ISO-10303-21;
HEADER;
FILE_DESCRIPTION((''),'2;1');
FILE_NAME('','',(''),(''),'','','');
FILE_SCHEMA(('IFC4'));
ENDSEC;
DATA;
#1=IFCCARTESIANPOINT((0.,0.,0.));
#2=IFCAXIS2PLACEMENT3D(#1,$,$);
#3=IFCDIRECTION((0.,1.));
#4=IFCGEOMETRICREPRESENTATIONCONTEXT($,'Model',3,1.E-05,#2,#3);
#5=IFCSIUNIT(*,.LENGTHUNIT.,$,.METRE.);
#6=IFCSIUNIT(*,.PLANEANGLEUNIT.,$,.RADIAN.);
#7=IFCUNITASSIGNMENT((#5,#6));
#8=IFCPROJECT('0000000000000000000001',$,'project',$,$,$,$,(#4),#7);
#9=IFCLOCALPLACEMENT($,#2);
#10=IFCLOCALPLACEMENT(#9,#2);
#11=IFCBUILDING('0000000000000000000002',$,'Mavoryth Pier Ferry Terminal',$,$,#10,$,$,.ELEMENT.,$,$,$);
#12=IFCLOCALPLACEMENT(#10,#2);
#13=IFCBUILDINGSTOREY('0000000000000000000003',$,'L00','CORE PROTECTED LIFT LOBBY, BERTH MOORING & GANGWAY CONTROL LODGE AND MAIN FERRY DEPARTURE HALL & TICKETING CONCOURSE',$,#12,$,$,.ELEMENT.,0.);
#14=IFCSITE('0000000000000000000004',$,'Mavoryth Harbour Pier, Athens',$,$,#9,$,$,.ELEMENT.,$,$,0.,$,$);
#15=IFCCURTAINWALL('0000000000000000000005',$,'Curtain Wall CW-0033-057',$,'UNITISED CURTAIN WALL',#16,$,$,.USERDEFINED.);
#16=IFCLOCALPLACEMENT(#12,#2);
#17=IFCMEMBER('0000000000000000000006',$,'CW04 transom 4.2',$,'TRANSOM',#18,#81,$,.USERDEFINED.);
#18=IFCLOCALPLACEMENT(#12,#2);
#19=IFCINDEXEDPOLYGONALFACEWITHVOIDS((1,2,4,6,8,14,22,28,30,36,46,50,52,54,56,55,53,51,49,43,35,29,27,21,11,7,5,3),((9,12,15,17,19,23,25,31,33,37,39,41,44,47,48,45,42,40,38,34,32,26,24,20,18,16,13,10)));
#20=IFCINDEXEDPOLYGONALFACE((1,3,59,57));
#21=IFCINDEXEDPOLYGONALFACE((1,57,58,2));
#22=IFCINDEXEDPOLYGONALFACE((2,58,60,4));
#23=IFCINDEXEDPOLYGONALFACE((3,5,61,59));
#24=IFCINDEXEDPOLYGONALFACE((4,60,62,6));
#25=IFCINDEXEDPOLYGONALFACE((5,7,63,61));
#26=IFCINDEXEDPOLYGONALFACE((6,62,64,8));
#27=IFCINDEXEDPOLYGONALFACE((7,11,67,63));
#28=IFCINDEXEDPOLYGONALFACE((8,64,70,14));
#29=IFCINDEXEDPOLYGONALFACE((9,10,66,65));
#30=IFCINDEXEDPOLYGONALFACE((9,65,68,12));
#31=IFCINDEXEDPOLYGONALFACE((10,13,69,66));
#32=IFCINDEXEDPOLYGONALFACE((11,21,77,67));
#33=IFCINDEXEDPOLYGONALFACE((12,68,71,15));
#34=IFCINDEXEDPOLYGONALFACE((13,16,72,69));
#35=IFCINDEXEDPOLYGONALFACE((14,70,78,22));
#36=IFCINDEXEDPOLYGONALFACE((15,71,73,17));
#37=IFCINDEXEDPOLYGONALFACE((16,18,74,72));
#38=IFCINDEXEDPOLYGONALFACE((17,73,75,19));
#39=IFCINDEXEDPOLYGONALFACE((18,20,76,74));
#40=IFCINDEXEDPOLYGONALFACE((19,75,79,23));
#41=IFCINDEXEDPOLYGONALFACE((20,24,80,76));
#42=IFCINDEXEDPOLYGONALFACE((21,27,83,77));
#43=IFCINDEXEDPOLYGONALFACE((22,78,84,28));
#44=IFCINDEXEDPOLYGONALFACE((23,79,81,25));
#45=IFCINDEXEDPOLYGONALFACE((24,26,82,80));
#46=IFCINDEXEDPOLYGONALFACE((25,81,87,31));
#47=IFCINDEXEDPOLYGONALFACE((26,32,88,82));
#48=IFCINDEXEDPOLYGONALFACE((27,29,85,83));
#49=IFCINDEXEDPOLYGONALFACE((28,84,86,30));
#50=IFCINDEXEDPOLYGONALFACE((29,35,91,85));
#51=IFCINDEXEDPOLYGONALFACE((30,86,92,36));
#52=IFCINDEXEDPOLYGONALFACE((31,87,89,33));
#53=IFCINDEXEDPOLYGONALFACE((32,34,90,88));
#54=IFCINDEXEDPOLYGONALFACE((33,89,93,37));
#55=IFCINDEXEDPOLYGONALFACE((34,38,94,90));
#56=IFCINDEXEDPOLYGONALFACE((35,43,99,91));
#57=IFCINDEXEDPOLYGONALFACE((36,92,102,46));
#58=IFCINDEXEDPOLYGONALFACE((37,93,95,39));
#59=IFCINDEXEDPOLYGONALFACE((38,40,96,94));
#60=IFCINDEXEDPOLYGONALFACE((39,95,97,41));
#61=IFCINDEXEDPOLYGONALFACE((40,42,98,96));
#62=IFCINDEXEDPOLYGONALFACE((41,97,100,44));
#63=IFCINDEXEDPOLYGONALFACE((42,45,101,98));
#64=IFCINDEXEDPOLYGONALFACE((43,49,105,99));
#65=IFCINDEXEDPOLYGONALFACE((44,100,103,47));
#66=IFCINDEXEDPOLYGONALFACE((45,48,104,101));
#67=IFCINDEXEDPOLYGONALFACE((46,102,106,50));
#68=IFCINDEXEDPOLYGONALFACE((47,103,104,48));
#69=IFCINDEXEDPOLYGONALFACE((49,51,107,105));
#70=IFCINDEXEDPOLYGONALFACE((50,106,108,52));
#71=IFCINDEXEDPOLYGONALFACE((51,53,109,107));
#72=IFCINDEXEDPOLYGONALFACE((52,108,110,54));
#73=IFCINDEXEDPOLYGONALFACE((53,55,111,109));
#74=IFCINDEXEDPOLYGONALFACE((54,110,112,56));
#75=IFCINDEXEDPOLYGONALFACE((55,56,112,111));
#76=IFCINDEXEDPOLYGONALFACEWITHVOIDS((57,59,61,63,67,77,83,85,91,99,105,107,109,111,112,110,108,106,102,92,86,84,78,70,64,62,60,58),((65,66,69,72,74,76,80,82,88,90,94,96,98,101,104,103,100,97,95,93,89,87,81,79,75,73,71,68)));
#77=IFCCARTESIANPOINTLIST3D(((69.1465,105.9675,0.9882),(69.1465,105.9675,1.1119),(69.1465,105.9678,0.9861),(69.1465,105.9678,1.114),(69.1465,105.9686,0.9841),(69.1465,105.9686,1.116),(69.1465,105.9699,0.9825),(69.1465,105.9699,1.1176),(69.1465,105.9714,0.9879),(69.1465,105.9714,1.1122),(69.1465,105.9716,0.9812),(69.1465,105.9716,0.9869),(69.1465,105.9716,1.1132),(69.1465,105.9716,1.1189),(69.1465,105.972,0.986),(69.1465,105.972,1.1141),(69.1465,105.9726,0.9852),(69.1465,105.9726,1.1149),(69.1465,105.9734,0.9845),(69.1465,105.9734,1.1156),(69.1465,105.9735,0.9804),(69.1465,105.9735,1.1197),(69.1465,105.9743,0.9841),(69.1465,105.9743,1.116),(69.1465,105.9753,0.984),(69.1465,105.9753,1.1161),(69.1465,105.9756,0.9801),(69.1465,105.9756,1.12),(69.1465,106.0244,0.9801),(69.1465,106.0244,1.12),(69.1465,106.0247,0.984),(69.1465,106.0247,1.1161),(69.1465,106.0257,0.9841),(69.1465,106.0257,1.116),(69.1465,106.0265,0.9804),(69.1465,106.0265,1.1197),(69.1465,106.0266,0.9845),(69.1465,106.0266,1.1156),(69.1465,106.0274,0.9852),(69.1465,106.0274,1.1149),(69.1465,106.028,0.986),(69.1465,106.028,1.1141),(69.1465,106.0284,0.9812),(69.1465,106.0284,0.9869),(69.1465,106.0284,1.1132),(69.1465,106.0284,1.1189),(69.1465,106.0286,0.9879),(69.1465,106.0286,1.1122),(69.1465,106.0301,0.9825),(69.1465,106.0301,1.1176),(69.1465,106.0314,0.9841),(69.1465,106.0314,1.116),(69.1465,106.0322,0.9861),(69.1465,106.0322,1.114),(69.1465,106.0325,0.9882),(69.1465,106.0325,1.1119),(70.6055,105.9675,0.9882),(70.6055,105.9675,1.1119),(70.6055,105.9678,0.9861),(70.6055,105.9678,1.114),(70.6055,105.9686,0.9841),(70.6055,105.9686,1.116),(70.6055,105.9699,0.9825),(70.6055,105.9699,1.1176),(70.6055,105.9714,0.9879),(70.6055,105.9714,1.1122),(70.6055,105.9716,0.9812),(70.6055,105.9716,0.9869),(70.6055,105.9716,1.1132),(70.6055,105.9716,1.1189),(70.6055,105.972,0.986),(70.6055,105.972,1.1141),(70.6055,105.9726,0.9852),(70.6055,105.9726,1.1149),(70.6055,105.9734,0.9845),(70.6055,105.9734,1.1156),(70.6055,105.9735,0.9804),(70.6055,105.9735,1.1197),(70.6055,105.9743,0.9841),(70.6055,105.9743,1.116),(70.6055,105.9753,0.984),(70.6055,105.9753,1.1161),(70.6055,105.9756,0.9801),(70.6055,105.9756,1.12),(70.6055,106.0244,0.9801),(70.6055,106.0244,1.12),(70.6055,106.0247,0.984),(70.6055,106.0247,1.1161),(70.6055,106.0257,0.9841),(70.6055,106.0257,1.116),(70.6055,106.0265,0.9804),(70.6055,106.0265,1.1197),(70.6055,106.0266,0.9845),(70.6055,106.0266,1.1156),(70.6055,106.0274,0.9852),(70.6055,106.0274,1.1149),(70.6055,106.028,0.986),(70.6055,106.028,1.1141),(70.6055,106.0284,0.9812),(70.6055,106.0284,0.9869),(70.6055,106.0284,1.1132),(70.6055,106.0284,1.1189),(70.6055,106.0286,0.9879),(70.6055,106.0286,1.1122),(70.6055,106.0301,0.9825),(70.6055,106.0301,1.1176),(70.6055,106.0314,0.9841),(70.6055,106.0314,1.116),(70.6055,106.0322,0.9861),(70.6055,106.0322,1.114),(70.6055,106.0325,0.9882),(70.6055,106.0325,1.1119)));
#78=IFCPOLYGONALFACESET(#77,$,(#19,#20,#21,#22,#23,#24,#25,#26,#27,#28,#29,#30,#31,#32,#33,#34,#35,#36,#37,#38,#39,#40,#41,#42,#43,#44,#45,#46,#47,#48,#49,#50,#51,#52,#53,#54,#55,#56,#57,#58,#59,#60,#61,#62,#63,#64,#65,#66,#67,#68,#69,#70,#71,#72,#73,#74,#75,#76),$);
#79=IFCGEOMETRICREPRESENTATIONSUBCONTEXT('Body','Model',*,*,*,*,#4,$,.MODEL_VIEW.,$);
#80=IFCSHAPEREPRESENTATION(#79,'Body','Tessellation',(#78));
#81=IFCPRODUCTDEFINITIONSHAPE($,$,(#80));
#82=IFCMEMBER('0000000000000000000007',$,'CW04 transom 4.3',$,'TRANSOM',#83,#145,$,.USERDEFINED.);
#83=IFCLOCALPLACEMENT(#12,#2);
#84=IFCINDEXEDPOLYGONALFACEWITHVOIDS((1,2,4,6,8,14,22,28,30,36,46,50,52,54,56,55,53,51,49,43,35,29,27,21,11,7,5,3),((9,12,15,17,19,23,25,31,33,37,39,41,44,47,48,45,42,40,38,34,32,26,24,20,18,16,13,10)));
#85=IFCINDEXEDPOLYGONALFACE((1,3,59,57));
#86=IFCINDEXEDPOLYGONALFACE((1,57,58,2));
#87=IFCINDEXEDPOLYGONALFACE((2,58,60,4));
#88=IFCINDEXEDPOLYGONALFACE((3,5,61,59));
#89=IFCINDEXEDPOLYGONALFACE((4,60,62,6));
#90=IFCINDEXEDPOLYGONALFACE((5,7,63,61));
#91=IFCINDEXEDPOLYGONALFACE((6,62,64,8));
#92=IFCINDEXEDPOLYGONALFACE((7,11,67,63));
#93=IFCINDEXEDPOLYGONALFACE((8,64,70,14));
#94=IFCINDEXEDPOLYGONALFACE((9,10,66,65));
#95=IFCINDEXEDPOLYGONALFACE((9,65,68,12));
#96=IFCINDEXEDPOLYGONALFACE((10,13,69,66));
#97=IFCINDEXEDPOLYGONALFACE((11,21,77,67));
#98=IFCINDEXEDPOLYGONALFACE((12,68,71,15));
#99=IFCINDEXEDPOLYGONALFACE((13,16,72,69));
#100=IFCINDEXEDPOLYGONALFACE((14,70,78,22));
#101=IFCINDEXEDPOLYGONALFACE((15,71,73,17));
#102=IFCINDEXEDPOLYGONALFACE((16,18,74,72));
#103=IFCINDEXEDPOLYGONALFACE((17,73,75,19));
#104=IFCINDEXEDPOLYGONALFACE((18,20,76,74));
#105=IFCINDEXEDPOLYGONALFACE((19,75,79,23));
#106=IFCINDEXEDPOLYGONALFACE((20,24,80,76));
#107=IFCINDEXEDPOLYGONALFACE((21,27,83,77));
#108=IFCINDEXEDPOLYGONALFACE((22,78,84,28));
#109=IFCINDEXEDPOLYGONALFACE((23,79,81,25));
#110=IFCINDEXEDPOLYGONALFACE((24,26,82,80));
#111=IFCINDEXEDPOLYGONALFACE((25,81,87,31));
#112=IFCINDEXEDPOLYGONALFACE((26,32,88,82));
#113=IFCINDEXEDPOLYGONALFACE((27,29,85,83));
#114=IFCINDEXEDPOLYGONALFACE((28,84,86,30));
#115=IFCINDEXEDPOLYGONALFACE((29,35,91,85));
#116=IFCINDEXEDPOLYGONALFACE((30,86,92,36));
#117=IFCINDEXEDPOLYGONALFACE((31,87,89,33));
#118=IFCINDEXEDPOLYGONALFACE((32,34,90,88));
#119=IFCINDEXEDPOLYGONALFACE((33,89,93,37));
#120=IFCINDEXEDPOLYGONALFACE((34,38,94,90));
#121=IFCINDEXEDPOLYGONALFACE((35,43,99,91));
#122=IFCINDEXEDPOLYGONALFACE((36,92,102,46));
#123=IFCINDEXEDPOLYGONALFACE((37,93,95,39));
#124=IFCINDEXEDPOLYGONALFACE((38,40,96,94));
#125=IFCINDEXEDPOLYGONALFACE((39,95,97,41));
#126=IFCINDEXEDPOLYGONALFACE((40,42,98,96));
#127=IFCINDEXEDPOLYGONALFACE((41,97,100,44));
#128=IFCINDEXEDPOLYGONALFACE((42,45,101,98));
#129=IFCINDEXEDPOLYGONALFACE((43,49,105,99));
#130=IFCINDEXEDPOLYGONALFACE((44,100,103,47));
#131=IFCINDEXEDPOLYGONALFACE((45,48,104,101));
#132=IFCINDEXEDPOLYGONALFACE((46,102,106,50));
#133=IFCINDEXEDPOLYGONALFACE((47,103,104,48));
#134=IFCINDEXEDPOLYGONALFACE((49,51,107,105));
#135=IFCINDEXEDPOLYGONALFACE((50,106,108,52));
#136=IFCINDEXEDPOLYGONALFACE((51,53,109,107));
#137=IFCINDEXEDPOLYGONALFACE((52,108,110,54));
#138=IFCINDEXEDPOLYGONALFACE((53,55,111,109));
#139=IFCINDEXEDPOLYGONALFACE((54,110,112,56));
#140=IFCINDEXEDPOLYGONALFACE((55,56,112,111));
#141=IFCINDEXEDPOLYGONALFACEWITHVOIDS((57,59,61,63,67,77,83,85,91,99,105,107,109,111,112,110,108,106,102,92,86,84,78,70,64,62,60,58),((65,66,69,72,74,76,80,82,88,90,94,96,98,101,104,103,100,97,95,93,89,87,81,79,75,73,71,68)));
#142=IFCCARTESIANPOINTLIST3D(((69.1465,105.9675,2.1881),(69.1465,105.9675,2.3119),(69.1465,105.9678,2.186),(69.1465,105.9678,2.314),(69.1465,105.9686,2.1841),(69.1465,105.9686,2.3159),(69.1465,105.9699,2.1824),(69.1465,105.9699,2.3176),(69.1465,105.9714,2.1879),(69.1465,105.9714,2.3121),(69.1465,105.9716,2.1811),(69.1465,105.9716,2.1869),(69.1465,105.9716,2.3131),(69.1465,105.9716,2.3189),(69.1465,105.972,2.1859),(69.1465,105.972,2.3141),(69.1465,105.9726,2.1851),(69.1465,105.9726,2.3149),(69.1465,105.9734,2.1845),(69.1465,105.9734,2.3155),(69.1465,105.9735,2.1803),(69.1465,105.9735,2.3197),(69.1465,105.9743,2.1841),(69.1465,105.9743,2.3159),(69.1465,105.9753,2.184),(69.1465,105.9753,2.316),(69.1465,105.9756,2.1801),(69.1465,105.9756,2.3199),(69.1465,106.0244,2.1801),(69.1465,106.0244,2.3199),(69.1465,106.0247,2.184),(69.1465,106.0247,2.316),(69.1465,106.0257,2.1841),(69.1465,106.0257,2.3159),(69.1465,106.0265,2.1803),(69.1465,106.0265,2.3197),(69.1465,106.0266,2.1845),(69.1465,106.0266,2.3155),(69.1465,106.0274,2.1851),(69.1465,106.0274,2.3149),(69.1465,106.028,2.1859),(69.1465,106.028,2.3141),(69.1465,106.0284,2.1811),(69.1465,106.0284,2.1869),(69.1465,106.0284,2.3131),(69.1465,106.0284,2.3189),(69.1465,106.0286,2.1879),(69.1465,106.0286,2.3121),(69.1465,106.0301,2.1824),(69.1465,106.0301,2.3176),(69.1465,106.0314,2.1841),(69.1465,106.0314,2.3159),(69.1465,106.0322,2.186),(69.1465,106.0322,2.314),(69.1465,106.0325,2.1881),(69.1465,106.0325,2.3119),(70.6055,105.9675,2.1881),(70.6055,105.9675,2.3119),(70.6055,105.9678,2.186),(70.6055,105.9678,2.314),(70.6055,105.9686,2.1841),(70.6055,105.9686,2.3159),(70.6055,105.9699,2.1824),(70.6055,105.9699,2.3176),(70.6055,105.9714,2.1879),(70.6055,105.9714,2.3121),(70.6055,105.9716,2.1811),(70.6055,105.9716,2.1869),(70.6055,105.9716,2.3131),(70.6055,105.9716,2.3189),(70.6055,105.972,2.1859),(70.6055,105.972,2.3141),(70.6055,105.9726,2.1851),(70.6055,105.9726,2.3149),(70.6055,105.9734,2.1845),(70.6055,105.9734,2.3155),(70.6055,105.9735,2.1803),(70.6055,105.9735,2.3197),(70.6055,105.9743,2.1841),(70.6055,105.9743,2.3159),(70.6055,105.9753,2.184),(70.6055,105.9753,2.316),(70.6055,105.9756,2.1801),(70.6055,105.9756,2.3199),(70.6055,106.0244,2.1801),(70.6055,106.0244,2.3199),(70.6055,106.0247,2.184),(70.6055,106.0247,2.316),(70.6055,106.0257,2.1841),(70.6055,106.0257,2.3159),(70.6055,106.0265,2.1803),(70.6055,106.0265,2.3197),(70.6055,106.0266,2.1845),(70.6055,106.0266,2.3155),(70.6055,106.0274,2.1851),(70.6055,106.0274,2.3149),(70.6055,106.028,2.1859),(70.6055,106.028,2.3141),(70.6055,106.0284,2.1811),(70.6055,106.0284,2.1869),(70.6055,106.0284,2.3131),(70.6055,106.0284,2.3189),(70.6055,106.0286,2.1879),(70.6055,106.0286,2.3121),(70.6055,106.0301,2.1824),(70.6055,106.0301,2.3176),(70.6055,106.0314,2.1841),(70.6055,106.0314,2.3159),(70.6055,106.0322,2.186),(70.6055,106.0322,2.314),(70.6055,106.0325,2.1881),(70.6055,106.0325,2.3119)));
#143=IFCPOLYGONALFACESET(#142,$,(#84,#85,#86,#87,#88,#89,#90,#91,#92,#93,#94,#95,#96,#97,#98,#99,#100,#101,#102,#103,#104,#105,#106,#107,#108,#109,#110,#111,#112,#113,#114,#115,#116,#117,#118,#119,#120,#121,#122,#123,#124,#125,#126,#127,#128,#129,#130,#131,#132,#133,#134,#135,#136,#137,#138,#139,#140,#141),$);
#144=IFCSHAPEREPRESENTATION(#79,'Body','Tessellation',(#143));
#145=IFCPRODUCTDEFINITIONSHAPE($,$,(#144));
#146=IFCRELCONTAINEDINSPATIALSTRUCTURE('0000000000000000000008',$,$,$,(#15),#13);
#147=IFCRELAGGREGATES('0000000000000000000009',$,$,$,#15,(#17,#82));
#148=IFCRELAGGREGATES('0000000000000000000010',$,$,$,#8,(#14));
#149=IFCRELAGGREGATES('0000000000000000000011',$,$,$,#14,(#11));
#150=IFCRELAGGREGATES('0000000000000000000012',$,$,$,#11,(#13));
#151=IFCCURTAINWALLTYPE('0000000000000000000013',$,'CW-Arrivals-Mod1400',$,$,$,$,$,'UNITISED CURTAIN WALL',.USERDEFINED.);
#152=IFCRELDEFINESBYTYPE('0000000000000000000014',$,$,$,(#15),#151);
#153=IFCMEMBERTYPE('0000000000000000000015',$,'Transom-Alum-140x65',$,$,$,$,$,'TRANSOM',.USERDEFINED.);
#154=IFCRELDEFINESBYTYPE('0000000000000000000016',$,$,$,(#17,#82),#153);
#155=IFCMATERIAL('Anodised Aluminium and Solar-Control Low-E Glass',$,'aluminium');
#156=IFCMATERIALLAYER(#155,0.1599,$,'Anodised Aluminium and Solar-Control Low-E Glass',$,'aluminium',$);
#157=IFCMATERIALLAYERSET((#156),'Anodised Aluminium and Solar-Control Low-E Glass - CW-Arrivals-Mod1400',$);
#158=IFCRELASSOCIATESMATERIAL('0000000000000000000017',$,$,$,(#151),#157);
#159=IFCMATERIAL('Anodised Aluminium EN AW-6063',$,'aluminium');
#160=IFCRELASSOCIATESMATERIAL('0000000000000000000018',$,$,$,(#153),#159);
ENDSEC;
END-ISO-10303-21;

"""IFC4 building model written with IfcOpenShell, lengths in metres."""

from ifc_helpers import new_model, si_unit, direction, frame, origin, origin_2d, place, context, subcontext, project, spatial, hollow_rectangle, extrude, material, layer, layer_set, material_profile, profile_set, type_object, element, aggregate, save


model = new_model("IFC4")

# Units and contexts
model_context = context("Model", 3, precision=1e-05, world=origin(), true_north=direction((0.0, 1.0)))
body_context = subcontext(model_context, "Body", "Model", "MODEL_VIEW")
ifc_project = project(units=[si_unit("LENGTHUNIT", "METRE"), si_unit("PLANEANGLEUNIT", "RADIAN")], contexts=[model_context])

# Site, building, storey
site_placement = place(None, origin())
site = spatial("IfcSite", under=ifc_project, at=site_placement, Name="Mavoryth Harbour Pier, Athens", CompositionType="ELEMENT", RefElevation=0.0)
building_placement = place(site_placement, origin())
building = spatial("IfcBuilding", under=site, at=building_placement, Name="Mavoryth Pier Ferry Terminal", CompositionType="ELEMENT")
storey_placement = place(building_placement, origin())
storey = spatial("IfcBuildingStorey", under=building, at=storey_placement, Name="L00", Description="CORE PROTECTED LIFT LOBBY, BERTH MOORING & GANGWAY CONTROL LODGE AND MAIN FERRY DEPARTURE HALL & TICKETING CONCOURSE", CompositionType="ELEMENT", Elevation=0.0)

# Curtain wall, members
ifc_material_1 = material(Name="Anodised Aluminium and Solar-Control Low-E Glass", Category="aluminium")
ifc_layer_1 = layer(ifc_material_1, 0.1599, Name="Anodised Aluminium and Solar-Control Low-E Glass", Category="aluminium")
ifc_layer_set_1 = layer_set([ifc_layer_1], Name="Anodised Aluminium and Solar-Control Low-E Glass - CW-Arrivals-Mod1400")
curtain_wall_type = type_object("IfcCurtainWallType", Name="CW-Arrivals-Mod1400", ElementType="UNITISED CURTAIN WALL", PredefinedType="USERDEFINED", material=ifc_layer_set_1)
curtain_wall_placement = place(storey_placement, origin())
curtain_wall = element("IfcCurtainWall", 1, at=curtain_wall_placement, inside=storey, type_object=curtain_wall_type, Name="Curtain Wall CW-0033-057", ObjectType="UNITISED CURTAIN WALL", PredefinedType="USERDEFINED")
ifc_material_2 = material(Name="Anodised Aluminium EN AW-6063", Category="aluminium")
ifc_material_profile_1 = material_profile(ifc_material_2, hollow_rectangle(XDim=0.0649, YDim=0.1399, WallThickness=0.0039, InnerFilletRadius=0.0039, OuterFilletRadius=0.0081, at=origin_2d()), Name="AL-TRAN 140x65x4", Category="aluminium")
ifc_profile_set_1 = profile_set([ifc_material_profile_1], Name="Anodised Aluminium EN AW-6063 - AL-TRAN 140x65x4")
member_type_1 = type_object("IfcMemberType", Name="Transom-Alum-140x65", ElementType="TRANSOM", PredefinedType="USERDEFINED", material=ifc_profile_set_1)
member_1_placement = place(storey_placement, frame((70.6055, 106.0, 1.05), z_axis=(-1.0, 0.0, 0.0), x_axis=(0.0, -1.0, 0.0)))
member_1 = element("IfcMember", 2, at=member_1_placement, type_object=member_type_1, Name="CW04 transom 4.2", ObjectType="TRANSOM", PredefinedType="USERDEFINED", context=body_context, shape_type="SweptSolid", body=[
    extrude(hollow_rectangle(XDim=0.0649, YDim=0.1399, WallThickness=0.0039, InnerFilletRadius=0.0039, OuterFilletRadius=0.0081, at=origin_2d()), origin(), (0.0, 0.0, 1.0), 1.459),
])
member_2_placement = place(storey_placement, frame((70.6055, 106.0, 2.25), z_axis=(-1.0, 0.0, 0.0), x_axis=(0.0, -1.0, 0.0)))
member_2 = element("IfcMember", 3, at=member_2_placement, type_object=member_type_1, Name="CW04 transom 4.3", ObjectType="TRANSOM", PredefinedType="USERDEFINED", context=body_context, shape_type="SweptSolid", body=[
    extrude(hollow_rectangle(XDim=0.0649, YDim=0.1399, WallThickness=0.0039, InnerFilletRadius=0.0039, OuterFilletRadius=0.0081, at=origin_2d()), origin(), (0.0, 0.0, 1.0), 1.459),
])
aggregate(curtain_wall, [member_1, member_2])

save(model, "model.ifc")
